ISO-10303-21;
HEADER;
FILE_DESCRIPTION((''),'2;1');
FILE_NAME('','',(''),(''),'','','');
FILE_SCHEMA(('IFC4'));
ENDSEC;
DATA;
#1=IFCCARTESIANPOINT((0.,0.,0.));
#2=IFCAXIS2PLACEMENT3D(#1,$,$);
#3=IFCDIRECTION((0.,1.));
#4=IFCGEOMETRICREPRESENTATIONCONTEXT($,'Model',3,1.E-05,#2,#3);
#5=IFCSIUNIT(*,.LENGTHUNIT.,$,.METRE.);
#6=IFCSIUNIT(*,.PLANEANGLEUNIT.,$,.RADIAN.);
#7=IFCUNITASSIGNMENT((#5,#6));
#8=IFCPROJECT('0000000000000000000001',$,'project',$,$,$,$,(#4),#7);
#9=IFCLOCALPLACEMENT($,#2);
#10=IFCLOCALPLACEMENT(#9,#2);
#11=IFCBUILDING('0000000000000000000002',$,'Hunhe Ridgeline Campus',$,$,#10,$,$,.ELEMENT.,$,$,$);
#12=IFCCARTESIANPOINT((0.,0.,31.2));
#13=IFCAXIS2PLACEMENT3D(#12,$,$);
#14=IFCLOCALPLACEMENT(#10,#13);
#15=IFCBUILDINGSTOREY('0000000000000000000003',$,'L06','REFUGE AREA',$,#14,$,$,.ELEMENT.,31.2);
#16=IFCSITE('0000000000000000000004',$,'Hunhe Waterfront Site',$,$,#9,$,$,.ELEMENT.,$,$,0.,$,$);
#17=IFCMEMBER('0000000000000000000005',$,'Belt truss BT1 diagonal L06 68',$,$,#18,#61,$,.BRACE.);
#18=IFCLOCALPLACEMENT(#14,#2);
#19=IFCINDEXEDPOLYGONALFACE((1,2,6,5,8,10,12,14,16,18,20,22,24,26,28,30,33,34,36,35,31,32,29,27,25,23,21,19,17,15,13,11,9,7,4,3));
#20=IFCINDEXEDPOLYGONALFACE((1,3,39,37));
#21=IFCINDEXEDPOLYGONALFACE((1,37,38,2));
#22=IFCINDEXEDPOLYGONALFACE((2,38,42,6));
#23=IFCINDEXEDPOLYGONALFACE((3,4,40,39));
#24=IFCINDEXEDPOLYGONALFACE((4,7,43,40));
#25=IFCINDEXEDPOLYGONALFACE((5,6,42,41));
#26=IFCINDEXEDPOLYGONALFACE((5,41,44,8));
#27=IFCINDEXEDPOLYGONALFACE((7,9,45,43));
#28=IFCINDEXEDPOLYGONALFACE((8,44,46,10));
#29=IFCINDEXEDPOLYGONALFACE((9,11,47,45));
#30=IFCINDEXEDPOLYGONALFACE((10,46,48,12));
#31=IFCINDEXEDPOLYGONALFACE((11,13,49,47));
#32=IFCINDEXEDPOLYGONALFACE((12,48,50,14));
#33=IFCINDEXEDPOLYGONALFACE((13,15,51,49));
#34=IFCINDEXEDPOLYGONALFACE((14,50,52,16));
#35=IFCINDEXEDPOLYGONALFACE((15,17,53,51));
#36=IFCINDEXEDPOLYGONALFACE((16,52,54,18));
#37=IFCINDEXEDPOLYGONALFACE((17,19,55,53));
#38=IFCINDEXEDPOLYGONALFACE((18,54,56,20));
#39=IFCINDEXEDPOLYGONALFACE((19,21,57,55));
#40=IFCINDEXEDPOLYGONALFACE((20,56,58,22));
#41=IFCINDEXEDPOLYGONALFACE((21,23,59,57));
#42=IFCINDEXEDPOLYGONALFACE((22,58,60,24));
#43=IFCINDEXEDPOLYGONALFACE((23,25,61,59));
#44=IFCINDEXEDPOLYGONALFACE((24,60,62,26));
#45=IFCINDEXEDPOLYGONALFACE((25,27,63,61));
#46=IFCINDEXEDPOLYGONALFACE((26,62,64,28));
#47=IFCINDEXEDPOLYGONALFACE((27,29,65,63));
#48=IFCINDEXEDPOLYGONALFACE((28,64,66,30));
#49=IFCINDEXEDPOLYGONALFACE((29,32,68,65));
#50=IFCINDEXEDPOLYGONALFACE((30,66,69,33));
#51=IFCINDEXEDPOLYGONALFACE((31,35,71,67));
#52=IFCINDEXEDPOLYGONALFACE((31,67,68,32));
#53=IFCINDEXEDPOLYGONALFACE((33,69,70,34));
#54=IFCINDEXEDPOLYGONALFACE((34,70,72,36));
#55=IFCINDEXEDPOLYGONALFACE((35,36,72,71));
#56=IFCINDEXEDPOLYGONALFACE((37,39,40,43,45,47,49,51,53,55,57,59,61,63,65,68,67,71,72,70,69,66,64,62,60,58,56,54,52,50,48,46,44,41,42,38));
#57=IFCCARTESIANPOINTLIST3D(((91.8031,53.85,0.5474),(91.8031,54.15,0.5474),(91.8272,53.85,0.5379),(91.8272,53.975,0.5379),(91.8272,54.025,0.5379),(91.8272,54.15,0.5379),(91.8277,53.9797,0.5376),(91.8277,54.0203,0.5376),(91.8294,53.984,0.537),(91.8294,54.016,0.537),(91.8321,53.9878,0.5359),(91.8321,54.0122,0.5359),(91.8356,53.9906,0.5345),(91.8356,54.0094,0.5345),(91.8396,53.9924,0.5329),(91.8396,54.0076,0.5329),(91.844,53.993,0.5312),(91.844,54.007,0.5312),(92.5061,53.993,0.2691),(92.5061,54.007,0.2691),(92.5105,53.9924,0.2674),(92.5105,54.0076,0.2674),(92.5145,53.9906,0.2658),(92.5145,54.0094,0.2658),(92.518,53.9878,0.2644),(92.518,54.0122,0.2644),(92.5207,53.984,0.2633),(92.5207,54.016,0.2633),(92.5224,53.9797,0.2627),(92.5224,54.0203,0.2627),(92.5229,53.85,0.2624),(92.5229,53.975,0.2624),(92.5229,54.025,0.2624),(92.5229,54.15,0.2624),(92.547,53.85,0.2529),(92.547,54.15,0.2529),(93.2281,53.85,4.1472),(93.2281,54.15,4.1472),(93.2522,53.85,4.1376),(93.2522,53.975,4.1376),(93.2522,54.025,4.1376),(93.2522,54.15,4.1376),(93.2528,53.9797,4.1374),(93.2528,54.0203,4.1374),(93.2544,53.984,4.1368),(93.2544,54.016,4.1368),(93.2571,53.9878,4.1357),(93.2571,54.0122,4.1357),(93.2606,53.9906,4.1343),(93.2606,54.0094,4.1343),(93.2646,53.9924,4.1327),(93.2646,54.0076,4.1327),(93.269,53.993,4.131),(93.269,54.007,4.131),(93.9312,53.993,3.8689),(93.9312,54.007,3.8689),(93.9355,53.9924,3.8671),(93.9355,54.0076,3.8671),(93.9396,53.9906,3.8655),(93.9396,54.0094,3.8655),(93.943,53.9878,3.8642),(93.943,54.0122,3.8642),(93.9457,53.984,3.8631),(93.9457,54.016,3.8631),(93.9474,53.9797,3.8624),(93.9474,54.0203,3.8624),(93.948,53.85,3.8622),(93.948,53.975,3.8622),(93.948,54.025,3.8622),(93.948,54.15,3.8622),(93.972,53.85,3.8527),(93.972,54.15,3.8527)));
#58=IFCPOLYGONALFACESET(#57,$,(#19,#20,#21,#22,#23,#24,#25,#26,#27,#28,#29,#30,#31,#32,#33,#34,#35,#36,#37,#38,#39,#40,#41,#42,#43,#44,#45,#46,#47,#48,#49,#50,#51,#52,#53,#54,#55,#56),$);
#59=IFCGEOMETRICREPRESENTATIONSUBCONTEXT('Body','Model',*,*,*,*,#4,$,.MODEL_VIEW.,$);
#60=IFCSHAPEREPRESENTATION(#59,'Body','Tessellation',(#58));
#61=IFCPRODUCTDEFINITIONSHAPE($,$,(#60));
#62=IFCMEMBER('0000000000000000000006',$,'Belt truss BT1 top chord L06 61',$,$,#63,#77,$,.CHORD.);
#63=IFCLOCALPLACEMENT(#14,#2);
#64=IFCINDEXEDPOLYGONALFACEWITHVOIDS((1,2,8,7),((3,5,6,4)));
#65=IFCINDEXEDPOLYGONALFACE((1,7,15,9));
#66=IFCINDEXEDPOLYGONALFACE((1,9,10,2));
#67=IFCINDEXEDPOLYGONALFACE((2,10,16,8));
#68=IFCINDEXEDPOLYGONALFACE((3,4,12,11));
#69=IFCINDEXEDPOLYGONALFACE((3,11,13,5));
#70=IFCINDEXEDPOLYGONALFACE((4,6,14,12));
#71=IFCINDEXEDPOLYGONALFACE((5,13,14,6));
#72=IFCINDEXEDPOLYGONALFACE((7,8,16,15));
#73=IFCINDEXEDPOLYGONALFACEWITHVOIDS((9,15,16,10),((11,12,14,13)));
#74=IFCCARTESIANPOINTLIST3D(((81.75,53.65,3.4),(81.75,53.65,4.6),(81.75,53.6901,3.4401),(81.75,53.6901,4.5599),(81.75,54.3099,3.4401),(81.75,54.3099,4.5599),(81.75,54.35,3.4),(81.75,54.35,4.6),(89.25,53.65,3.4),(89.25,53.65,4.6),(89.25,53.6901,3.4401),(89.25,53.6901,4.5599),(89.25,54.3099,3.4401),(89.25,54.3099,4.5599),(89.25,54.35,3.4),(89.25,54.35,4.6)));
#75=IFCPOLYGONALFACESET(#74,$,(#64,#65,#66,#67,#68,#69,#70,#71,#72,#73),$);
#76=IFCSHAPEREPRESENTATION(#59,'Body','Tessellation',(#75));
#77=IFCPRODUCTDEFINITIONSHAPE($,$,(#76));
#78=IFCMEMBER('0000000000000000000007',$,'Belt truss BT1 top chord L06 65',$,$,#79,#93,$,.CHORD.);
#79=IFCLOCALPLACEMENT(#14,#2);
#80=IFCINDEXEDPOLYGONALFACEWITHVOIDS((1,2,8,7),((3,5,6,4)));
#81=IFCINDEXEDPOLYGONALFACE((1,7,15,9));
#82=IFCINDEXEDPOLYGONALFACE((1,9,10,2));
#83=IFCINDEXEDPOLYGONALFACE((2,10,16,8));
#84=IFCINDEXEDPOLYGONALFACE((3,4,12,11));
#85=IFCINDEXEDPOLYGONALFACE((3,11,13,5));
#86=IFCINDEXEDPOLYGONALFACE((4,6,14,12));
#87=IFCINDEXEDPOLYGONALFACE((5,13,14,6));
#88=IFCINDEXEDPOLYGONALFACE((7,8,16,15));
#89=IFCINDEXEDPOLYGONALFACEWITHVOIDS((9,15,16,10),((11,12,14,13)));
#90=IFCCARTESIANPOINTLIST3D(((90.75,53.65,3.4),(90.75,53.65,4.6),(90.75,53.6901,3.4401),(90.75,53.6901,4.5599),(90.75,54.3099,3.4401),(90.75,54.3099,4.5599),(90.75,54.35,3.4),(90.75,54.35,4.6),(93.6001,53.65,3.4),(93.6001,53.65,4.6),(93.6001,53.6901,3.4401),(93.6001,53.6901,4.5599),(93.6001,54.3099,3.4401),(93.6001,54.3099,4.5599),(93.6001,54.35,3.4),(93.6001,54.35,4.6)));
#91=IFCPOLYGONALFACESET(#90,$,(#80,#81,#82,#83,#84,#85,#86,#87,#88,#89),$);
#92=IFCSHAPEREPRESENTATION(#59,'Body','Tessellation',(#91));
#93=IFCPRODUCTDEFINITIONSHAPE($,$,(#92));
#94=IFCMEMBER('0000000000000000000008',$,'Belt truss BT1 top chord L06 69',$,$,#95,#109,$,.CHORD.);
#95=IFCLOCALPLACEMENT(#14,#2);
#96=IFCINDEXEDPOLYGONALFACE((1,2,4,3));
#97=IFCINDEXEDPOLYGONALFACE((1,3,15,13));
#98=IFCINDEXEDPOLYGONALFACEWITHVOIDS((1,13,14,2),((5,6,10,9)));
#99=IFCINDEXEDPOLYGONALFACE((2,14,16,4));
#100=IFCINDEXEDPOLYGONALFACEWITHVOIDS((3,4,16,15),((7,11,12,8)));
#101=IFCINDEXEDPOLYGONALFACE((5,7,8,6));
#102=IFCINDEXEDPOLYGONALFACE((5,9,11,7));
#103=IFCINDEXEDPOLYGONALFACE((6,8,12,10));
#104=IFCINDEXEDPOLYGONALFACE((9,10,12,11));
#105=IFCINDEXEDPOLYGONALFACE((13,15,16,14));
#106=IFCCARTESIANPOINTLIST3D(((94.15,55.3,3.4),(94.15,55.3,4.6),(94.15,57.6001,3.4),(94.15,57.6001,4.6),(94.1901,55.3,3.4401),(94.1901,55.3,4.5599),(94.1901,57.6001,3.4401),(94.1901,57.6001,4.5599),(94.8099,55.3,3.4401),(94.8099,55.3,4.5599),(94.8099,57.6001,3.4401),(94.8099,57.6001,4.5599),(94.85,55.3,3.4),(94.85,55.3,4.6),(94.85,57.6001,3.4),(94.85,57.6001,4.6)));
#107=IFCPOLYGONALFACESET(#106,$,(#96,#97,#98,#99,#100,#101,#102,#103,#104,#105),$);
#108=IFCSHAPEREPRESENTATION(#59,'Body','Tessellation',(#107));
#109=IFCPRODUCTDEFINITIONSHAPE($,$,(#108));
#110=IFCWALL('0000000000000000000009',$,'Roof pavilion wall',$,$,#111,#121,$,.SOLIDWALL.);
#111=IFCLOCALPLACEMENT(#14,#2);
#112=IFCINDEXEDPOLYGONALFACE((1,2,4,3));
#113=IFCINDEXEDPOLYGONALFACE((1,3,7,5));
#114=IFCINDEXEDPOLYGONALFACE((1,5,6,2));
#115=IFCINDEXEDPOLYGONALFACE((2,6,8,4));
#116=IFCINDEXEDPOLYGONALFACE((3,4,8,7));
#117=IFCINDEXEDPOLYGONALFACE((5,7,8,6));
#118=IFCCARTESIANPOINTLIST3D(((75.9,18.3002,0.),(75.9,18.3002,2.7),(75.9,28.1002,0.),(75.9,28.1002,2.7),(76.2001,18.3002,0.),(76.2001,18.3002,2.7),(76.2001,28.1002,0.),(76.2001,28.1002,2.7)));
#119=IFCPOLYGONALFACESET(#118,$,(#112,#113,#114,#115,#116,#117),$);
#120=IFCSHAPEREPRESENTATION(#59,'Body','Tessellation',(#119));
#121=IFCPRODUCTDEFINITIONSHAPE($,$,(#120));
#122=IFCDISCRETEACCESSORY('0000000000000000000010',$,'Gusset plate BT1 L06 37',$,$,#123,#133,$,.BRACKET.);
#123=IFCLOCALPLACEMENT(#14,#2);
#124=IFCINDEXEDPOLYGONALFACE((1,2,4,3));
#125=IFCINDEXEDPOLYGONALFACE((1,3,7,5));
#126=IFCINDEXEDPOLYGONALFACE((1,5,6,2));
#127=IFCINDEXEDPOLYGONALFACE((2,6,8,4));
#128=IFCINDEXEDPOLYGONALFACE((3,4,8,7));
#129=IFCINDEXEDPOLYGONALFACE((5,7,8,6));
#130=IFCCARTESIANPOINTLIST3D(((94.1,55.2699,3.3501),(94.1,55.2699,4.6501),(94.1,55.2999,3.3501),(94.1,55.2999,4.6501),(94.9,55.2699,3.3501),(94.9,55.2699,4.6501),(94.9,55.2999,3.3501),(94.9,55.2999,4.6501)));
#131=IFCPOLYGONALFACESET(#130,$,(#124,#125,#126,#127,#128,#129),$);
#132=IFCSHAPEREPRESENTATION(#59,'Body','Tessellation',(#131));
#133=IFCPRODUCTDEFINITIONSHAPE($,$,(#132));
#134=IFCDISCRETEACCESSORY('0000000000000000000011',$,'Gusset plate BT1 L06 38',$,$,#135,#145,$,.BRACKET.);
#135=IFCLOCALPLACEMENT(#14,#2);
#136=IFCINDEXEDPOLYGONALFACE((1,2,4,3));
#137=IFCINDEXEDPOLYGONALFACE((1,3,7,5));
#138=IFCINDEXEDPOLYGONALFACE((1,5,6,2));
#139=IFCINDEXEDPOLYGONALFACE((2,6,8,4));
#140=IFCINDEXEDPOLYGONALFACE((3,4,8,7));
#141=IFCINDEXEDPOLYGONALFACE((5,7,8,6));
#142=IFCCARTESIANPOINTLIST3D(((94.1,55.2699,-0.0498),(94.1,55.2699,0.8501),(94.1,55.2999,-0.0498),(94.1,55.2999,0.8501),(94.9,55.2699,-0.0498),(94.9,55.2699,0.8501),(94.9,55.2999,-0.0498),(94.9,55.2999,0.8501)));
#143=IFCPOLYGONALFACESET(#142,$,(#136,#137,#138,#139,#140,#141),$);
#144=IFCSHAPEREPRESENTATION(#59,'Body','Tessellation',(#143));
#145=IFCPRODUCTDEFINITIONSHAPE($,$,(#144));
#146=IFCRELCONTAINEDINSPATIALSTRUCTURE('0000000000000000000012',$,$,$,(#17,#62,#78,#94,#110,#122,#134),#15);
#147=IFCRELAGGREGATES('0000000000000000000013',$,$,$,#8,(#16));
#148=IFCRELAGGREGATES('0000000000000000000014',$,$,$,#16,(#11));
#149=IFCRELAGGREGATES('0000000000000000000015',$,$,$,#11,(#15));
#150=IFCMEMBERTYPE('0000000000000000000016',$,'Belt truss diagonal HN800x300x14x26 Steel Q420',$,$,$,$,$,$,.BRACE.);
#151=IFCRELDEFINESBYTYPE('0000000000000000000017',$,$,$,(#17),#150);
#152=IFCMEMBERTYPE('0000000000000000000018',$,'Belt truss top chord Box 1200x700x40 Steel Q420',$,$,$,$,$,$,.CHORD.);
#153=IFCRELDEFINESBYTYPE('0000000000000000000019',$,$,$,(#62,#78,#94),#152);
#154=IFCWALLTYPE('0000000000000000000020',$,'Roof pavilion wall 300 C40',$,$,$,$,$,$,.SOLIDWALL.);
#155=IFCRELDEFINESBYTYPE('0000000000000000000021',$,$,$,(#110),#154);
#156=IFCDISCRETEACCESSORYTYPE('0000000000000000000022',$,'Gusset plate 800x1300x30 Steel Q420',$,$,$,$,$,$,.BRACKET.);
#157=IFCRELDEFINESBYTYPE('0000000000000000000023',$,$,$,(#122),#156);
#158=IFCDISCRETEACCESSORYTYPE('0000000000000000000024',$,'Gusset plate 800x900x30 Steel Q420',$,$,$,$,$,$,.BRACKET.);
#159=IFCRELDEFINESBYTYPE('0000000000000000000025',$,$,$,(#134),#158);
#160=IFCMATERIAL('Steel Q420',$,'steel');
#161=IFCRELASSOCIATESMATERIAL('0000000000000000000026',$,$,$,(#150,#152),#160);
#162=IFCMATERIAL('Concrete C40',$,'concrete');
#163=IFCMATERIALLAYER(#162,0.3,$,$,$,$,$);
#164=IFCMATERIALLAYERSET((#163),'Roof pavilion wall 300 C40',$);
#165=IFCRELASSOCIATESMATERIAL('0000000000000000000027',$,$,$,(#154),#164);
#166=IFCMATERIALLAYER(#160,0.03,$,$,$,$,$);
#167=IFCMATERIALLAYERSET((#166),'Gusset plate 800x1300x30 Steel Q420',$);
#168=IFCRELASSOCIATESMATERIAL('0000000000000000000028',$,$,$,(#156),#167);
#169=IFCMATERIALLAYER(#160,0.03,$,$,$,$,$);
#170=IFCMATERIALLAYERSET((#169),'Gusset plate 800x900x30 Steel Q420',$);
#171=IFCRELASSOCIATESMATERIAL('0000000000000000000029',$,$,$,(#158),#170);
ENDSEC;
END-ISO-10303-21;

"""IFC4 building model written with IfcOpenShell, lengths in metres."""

from ifc_helpers import new_model, si_unit, direction, frame, frame_2d, origin, origin_2d, place, context, subcontext, project, spatial, rectangle, hollow_rectangle, i_section, extrude, material, layer, layer_set, material_profile, profile_set, type_object, element, save


model = new_model("IFC4")

# Units and contexts
model_context = context("Model", 3, precision=1e-05, world=origin(), true_north=direction((0.0, 1.0)))
body_context = subcontext(model_context, "Body", "Model", "MODEL_VIEW")
ifc_project = project(units=[si_unit("LENGTHUNIT", "METRE"), si_unit("PLANEANGLEUNIT", "RADIAN")], contexts=[model_context])

# Site, building, storey
site_placement = place(None, origin())
site = spatial("IfcSite", under=ifc_project, at=site_placement, Name="Hunhe Waterfront Site", CompositionType="ELEMENT", RefElevation=0.0)
building_placement = place(site_placement, origin())
building = spatial("IfcBuilding", under=site, at=building_placement, Name="Hunhe Ridgeline Campus", CompositionType="ELEMENT")
storey_placement = place(building_placement, frame((0.0, 0.0, 31.2)))
storey = spatial("IfcBuildingStorey", under=building, at=storey_placement, Name="L06", Description="REFUGE AREA", CompositionType="ELEMENT", Elevation=31.2)

# Members
ifc_material_1 = material(Name="Steel Q420", Category="steel")
ifc_material_profile_1 = material_profile(ifc_material_1, i_section(OverallWidth=0.3, OverallDepth=0.8, WebThickness=0.0139, FlangeThickness=0.0259, FilletRadius=0.0181, at=origin_2d()))
ifc_profile_set_1 = profile_set([ifc_material_profile_1], Name="Steel Q420")
member_type_1 = type_object("IfcMemberType", Name="Belt truss diagonal HN800x300x14x26 Steel Q420", PredefinedType="BRACE", material=ifc_profile_set_1)
for number, where, z_axis, x_axis, name in (
    (1, (92.175, 54.0, 0.4001), (0.368072, 0.0, 0.929797), (0.0, 1.0, 0.0), "Belt truss BT1 diagonal L06 68"),
):
    element("IfcMember", number, at=place(storey_placement, frame(where, z_axis=z_axis, x_axis=x_axis)), inside=storey, type_object=member_type_1, Name=name, PredefinedType="BRACE", context=body_context, shape_type="SweptSolid", body=[
        extrude(i_section(OverallWidth=0.3, OverallDepth=0.8, WebThickness=0.0139, FlangeThickness=0.0259, FilletRadius=0.0181, at=origin_2d()), origin(), (0.0, 0.0, 1.0), 3.8716),
    ])
ifc_material_profile_2 = material_profile(ifc_material_1, hollow_rectangle(XDim=0.7, YDim=1.2, WallThickness=0.04, at=origin_2d()))
ifc_profile_set_2 = profile_set([ifc_material_profile_2], Name="Steel Q420")
member_type_2 = type_object("IfcMemberType", Name="Belt truss top chord Box 1200x700x40 Steel Q420", PredefinedType="CHORD", material=ifc_profile_set_2)
member_1_placement = place(storey_placement, frame((81.75, 54.0, 4.0), z_axis=(1.0, 0.0, 0.0), x_axis=(0.0, 1.0, 0.0)))
element("IfcMember", 2, at=member_1_placement, inside=storey, type_object=member_type_2, Name="Belt truss BT1 top chord L06 61", PredefinedType="CHORD", context=body_context, shape_type="SweptSolid", body=[
    extrude(hollow_rectangle(XDim=0.7, YDim=1.2, WallThickness=0.04, at=origin_2d()), origin(), (0.0, 0.0, 1.0), 7.5),
])
member_2_placement = place(storey_placement, frame((90.75, 54.0, 4.0), z_axis=(1.0, 0.0, 0.0), x_axis=(0.0, 1.0, 0.0)))
element("IfcMember", 3, at=member_2_placement, inside=storey, type_object=member_type_2, Name="Belt truss BT1 top chord L06 65", PredefinedType="CHORD", context=body_context, shape_type="SweptSolid", body=[
    extrude(hollow_rectangle(XDim=0.7, YDim=1.2, WallThickness=0.04, at=origin_2d()), origin(), (0.0, 0.0, 1.0), 2.8501),
])
member_3_placement = place(storey_placement, frame((94.5, 55.3, 4.0), z_axis=(0.0, 1.0, 0.0), x_axis=(-1.0, 0.0, 0.0)))
element("IfcMember", 4, at=member_3_placement, inside=storey, type_object=member_type_2, Name="Belt truss BT1 top chord L06 69", PredefinedType="CHORD", context=body_context, shape_type="SweptSolid", body=[
    extrude(hollow_rectangle(XDim=0.7, YDim=1.2, WallThickness=0.04, at=origin_2d()), origin(), (0.0, 0.0, 1.0), 2.3),
])

# Wall
ifc_material_2 = material(Name="Concrete C40", Category="concrete")
ifc_layer_1 = layer(ifc_material_2, 0.3)
ifc_layer_set_1 = layer_set([ifc_layer_1], Name="Roof pavilion wall 300 C40")
wall_type = type_object("IfcWallType", Name="Roof pavilion wall 300 C40", PredefinedType="SOLIDWALL", material=ifc_layer_set_1)
wall_1_placement = place(storey_placement, frame((76.05, 28.1001, 0.0), z_axis=(0.0, 0.0, 1.0), x_axis=(0.0, -1.0, 0.0)))
element("IfcWall", 5, at=wall_1_placement, inside=storey, type_object=wall_type, Name="Roof pavilion wall", PredefinedType="SOLIDWALL", context=body_context, shape_type="SweptSolid", body=[
    extrude(rectangle(XDim=9.8, YDim=0.3, at=frame_2d((4.8999, 0.0))), origin(), (0.0, 0.0, 1.0), 2.7),
])

# Discrete accessories
ifc_layer_2 = layer(ifc_material_1, 0.03)
ifc_layer_set_2 = layer_set([ifc_layer_2], Name="Gusset plate 800x1300x30 Steel Q420")
discrete_accessory_type_1 = type_object("IfcDiscreteAccessoryType", Name="Gusset plate 800x1300x30 Steel Q420", PredefinedType="BRACKET", material=ifc_layer_set_2)
discrete_accessory_1_placement = place(storey_placement, frame((94.5, 55.2849, 3.3501), z_axis=(0.0, 0.0, 1.0), x_axis=(0.0, -1.0, 0.0)))
element("IfcDiscreteAccessory", 6, at=discrete_accessory_1_placement, inside=storey, type_object=discrete_accessory_type_1, Name="Gusset plate BT1 L06 37", PredefinedType="BRACKET", context=body_context, shape_type="SweptSolid", body=[
    extrude(rectangle(XDim=0.03, YDim=0.8, at=origin_2d()), origin(), (0.0, 0.0, 1.0), 1.3),
])
ifc_layer_3 = layer(ifc_material_1, 0.03)
ifc_layer_set_3 = layer_set([ifc_layer_3], Name="Gusset plate 800x900x30 Steel Q420")
discrete_accessory_type_2 = type_object("IfcDiscreteAccessoryType", Name="Gusset plate 800x900x30 Steel Q420", PredefinedType="BRACKET", material=ifc_layer_set_3)
discrete_accessory_2_placement = place(storey_placement, frame((94.5, 55.2849, -0.0498), z_axis=(0.0, 0.0, 1.0), x_axis=(0.0, -1.0, 0.0)))
element("IfcDiscreteAccessory", 7, at=discrete_accessory_2_placement, inside=storey, type_object=discrete_accessory_type_2, Name="Gusset plate BT1 L06 38", PredefinedType="BRACKET", context=body_context, shape_type="SweptSolid", body=[
    extrude(rectangle(XDim=0.03, YDim=0.8, at=origin_2d()), origin(), (0.0, 0.0, 1.0), 0.8999),
])

save(model, "model.ifc")
